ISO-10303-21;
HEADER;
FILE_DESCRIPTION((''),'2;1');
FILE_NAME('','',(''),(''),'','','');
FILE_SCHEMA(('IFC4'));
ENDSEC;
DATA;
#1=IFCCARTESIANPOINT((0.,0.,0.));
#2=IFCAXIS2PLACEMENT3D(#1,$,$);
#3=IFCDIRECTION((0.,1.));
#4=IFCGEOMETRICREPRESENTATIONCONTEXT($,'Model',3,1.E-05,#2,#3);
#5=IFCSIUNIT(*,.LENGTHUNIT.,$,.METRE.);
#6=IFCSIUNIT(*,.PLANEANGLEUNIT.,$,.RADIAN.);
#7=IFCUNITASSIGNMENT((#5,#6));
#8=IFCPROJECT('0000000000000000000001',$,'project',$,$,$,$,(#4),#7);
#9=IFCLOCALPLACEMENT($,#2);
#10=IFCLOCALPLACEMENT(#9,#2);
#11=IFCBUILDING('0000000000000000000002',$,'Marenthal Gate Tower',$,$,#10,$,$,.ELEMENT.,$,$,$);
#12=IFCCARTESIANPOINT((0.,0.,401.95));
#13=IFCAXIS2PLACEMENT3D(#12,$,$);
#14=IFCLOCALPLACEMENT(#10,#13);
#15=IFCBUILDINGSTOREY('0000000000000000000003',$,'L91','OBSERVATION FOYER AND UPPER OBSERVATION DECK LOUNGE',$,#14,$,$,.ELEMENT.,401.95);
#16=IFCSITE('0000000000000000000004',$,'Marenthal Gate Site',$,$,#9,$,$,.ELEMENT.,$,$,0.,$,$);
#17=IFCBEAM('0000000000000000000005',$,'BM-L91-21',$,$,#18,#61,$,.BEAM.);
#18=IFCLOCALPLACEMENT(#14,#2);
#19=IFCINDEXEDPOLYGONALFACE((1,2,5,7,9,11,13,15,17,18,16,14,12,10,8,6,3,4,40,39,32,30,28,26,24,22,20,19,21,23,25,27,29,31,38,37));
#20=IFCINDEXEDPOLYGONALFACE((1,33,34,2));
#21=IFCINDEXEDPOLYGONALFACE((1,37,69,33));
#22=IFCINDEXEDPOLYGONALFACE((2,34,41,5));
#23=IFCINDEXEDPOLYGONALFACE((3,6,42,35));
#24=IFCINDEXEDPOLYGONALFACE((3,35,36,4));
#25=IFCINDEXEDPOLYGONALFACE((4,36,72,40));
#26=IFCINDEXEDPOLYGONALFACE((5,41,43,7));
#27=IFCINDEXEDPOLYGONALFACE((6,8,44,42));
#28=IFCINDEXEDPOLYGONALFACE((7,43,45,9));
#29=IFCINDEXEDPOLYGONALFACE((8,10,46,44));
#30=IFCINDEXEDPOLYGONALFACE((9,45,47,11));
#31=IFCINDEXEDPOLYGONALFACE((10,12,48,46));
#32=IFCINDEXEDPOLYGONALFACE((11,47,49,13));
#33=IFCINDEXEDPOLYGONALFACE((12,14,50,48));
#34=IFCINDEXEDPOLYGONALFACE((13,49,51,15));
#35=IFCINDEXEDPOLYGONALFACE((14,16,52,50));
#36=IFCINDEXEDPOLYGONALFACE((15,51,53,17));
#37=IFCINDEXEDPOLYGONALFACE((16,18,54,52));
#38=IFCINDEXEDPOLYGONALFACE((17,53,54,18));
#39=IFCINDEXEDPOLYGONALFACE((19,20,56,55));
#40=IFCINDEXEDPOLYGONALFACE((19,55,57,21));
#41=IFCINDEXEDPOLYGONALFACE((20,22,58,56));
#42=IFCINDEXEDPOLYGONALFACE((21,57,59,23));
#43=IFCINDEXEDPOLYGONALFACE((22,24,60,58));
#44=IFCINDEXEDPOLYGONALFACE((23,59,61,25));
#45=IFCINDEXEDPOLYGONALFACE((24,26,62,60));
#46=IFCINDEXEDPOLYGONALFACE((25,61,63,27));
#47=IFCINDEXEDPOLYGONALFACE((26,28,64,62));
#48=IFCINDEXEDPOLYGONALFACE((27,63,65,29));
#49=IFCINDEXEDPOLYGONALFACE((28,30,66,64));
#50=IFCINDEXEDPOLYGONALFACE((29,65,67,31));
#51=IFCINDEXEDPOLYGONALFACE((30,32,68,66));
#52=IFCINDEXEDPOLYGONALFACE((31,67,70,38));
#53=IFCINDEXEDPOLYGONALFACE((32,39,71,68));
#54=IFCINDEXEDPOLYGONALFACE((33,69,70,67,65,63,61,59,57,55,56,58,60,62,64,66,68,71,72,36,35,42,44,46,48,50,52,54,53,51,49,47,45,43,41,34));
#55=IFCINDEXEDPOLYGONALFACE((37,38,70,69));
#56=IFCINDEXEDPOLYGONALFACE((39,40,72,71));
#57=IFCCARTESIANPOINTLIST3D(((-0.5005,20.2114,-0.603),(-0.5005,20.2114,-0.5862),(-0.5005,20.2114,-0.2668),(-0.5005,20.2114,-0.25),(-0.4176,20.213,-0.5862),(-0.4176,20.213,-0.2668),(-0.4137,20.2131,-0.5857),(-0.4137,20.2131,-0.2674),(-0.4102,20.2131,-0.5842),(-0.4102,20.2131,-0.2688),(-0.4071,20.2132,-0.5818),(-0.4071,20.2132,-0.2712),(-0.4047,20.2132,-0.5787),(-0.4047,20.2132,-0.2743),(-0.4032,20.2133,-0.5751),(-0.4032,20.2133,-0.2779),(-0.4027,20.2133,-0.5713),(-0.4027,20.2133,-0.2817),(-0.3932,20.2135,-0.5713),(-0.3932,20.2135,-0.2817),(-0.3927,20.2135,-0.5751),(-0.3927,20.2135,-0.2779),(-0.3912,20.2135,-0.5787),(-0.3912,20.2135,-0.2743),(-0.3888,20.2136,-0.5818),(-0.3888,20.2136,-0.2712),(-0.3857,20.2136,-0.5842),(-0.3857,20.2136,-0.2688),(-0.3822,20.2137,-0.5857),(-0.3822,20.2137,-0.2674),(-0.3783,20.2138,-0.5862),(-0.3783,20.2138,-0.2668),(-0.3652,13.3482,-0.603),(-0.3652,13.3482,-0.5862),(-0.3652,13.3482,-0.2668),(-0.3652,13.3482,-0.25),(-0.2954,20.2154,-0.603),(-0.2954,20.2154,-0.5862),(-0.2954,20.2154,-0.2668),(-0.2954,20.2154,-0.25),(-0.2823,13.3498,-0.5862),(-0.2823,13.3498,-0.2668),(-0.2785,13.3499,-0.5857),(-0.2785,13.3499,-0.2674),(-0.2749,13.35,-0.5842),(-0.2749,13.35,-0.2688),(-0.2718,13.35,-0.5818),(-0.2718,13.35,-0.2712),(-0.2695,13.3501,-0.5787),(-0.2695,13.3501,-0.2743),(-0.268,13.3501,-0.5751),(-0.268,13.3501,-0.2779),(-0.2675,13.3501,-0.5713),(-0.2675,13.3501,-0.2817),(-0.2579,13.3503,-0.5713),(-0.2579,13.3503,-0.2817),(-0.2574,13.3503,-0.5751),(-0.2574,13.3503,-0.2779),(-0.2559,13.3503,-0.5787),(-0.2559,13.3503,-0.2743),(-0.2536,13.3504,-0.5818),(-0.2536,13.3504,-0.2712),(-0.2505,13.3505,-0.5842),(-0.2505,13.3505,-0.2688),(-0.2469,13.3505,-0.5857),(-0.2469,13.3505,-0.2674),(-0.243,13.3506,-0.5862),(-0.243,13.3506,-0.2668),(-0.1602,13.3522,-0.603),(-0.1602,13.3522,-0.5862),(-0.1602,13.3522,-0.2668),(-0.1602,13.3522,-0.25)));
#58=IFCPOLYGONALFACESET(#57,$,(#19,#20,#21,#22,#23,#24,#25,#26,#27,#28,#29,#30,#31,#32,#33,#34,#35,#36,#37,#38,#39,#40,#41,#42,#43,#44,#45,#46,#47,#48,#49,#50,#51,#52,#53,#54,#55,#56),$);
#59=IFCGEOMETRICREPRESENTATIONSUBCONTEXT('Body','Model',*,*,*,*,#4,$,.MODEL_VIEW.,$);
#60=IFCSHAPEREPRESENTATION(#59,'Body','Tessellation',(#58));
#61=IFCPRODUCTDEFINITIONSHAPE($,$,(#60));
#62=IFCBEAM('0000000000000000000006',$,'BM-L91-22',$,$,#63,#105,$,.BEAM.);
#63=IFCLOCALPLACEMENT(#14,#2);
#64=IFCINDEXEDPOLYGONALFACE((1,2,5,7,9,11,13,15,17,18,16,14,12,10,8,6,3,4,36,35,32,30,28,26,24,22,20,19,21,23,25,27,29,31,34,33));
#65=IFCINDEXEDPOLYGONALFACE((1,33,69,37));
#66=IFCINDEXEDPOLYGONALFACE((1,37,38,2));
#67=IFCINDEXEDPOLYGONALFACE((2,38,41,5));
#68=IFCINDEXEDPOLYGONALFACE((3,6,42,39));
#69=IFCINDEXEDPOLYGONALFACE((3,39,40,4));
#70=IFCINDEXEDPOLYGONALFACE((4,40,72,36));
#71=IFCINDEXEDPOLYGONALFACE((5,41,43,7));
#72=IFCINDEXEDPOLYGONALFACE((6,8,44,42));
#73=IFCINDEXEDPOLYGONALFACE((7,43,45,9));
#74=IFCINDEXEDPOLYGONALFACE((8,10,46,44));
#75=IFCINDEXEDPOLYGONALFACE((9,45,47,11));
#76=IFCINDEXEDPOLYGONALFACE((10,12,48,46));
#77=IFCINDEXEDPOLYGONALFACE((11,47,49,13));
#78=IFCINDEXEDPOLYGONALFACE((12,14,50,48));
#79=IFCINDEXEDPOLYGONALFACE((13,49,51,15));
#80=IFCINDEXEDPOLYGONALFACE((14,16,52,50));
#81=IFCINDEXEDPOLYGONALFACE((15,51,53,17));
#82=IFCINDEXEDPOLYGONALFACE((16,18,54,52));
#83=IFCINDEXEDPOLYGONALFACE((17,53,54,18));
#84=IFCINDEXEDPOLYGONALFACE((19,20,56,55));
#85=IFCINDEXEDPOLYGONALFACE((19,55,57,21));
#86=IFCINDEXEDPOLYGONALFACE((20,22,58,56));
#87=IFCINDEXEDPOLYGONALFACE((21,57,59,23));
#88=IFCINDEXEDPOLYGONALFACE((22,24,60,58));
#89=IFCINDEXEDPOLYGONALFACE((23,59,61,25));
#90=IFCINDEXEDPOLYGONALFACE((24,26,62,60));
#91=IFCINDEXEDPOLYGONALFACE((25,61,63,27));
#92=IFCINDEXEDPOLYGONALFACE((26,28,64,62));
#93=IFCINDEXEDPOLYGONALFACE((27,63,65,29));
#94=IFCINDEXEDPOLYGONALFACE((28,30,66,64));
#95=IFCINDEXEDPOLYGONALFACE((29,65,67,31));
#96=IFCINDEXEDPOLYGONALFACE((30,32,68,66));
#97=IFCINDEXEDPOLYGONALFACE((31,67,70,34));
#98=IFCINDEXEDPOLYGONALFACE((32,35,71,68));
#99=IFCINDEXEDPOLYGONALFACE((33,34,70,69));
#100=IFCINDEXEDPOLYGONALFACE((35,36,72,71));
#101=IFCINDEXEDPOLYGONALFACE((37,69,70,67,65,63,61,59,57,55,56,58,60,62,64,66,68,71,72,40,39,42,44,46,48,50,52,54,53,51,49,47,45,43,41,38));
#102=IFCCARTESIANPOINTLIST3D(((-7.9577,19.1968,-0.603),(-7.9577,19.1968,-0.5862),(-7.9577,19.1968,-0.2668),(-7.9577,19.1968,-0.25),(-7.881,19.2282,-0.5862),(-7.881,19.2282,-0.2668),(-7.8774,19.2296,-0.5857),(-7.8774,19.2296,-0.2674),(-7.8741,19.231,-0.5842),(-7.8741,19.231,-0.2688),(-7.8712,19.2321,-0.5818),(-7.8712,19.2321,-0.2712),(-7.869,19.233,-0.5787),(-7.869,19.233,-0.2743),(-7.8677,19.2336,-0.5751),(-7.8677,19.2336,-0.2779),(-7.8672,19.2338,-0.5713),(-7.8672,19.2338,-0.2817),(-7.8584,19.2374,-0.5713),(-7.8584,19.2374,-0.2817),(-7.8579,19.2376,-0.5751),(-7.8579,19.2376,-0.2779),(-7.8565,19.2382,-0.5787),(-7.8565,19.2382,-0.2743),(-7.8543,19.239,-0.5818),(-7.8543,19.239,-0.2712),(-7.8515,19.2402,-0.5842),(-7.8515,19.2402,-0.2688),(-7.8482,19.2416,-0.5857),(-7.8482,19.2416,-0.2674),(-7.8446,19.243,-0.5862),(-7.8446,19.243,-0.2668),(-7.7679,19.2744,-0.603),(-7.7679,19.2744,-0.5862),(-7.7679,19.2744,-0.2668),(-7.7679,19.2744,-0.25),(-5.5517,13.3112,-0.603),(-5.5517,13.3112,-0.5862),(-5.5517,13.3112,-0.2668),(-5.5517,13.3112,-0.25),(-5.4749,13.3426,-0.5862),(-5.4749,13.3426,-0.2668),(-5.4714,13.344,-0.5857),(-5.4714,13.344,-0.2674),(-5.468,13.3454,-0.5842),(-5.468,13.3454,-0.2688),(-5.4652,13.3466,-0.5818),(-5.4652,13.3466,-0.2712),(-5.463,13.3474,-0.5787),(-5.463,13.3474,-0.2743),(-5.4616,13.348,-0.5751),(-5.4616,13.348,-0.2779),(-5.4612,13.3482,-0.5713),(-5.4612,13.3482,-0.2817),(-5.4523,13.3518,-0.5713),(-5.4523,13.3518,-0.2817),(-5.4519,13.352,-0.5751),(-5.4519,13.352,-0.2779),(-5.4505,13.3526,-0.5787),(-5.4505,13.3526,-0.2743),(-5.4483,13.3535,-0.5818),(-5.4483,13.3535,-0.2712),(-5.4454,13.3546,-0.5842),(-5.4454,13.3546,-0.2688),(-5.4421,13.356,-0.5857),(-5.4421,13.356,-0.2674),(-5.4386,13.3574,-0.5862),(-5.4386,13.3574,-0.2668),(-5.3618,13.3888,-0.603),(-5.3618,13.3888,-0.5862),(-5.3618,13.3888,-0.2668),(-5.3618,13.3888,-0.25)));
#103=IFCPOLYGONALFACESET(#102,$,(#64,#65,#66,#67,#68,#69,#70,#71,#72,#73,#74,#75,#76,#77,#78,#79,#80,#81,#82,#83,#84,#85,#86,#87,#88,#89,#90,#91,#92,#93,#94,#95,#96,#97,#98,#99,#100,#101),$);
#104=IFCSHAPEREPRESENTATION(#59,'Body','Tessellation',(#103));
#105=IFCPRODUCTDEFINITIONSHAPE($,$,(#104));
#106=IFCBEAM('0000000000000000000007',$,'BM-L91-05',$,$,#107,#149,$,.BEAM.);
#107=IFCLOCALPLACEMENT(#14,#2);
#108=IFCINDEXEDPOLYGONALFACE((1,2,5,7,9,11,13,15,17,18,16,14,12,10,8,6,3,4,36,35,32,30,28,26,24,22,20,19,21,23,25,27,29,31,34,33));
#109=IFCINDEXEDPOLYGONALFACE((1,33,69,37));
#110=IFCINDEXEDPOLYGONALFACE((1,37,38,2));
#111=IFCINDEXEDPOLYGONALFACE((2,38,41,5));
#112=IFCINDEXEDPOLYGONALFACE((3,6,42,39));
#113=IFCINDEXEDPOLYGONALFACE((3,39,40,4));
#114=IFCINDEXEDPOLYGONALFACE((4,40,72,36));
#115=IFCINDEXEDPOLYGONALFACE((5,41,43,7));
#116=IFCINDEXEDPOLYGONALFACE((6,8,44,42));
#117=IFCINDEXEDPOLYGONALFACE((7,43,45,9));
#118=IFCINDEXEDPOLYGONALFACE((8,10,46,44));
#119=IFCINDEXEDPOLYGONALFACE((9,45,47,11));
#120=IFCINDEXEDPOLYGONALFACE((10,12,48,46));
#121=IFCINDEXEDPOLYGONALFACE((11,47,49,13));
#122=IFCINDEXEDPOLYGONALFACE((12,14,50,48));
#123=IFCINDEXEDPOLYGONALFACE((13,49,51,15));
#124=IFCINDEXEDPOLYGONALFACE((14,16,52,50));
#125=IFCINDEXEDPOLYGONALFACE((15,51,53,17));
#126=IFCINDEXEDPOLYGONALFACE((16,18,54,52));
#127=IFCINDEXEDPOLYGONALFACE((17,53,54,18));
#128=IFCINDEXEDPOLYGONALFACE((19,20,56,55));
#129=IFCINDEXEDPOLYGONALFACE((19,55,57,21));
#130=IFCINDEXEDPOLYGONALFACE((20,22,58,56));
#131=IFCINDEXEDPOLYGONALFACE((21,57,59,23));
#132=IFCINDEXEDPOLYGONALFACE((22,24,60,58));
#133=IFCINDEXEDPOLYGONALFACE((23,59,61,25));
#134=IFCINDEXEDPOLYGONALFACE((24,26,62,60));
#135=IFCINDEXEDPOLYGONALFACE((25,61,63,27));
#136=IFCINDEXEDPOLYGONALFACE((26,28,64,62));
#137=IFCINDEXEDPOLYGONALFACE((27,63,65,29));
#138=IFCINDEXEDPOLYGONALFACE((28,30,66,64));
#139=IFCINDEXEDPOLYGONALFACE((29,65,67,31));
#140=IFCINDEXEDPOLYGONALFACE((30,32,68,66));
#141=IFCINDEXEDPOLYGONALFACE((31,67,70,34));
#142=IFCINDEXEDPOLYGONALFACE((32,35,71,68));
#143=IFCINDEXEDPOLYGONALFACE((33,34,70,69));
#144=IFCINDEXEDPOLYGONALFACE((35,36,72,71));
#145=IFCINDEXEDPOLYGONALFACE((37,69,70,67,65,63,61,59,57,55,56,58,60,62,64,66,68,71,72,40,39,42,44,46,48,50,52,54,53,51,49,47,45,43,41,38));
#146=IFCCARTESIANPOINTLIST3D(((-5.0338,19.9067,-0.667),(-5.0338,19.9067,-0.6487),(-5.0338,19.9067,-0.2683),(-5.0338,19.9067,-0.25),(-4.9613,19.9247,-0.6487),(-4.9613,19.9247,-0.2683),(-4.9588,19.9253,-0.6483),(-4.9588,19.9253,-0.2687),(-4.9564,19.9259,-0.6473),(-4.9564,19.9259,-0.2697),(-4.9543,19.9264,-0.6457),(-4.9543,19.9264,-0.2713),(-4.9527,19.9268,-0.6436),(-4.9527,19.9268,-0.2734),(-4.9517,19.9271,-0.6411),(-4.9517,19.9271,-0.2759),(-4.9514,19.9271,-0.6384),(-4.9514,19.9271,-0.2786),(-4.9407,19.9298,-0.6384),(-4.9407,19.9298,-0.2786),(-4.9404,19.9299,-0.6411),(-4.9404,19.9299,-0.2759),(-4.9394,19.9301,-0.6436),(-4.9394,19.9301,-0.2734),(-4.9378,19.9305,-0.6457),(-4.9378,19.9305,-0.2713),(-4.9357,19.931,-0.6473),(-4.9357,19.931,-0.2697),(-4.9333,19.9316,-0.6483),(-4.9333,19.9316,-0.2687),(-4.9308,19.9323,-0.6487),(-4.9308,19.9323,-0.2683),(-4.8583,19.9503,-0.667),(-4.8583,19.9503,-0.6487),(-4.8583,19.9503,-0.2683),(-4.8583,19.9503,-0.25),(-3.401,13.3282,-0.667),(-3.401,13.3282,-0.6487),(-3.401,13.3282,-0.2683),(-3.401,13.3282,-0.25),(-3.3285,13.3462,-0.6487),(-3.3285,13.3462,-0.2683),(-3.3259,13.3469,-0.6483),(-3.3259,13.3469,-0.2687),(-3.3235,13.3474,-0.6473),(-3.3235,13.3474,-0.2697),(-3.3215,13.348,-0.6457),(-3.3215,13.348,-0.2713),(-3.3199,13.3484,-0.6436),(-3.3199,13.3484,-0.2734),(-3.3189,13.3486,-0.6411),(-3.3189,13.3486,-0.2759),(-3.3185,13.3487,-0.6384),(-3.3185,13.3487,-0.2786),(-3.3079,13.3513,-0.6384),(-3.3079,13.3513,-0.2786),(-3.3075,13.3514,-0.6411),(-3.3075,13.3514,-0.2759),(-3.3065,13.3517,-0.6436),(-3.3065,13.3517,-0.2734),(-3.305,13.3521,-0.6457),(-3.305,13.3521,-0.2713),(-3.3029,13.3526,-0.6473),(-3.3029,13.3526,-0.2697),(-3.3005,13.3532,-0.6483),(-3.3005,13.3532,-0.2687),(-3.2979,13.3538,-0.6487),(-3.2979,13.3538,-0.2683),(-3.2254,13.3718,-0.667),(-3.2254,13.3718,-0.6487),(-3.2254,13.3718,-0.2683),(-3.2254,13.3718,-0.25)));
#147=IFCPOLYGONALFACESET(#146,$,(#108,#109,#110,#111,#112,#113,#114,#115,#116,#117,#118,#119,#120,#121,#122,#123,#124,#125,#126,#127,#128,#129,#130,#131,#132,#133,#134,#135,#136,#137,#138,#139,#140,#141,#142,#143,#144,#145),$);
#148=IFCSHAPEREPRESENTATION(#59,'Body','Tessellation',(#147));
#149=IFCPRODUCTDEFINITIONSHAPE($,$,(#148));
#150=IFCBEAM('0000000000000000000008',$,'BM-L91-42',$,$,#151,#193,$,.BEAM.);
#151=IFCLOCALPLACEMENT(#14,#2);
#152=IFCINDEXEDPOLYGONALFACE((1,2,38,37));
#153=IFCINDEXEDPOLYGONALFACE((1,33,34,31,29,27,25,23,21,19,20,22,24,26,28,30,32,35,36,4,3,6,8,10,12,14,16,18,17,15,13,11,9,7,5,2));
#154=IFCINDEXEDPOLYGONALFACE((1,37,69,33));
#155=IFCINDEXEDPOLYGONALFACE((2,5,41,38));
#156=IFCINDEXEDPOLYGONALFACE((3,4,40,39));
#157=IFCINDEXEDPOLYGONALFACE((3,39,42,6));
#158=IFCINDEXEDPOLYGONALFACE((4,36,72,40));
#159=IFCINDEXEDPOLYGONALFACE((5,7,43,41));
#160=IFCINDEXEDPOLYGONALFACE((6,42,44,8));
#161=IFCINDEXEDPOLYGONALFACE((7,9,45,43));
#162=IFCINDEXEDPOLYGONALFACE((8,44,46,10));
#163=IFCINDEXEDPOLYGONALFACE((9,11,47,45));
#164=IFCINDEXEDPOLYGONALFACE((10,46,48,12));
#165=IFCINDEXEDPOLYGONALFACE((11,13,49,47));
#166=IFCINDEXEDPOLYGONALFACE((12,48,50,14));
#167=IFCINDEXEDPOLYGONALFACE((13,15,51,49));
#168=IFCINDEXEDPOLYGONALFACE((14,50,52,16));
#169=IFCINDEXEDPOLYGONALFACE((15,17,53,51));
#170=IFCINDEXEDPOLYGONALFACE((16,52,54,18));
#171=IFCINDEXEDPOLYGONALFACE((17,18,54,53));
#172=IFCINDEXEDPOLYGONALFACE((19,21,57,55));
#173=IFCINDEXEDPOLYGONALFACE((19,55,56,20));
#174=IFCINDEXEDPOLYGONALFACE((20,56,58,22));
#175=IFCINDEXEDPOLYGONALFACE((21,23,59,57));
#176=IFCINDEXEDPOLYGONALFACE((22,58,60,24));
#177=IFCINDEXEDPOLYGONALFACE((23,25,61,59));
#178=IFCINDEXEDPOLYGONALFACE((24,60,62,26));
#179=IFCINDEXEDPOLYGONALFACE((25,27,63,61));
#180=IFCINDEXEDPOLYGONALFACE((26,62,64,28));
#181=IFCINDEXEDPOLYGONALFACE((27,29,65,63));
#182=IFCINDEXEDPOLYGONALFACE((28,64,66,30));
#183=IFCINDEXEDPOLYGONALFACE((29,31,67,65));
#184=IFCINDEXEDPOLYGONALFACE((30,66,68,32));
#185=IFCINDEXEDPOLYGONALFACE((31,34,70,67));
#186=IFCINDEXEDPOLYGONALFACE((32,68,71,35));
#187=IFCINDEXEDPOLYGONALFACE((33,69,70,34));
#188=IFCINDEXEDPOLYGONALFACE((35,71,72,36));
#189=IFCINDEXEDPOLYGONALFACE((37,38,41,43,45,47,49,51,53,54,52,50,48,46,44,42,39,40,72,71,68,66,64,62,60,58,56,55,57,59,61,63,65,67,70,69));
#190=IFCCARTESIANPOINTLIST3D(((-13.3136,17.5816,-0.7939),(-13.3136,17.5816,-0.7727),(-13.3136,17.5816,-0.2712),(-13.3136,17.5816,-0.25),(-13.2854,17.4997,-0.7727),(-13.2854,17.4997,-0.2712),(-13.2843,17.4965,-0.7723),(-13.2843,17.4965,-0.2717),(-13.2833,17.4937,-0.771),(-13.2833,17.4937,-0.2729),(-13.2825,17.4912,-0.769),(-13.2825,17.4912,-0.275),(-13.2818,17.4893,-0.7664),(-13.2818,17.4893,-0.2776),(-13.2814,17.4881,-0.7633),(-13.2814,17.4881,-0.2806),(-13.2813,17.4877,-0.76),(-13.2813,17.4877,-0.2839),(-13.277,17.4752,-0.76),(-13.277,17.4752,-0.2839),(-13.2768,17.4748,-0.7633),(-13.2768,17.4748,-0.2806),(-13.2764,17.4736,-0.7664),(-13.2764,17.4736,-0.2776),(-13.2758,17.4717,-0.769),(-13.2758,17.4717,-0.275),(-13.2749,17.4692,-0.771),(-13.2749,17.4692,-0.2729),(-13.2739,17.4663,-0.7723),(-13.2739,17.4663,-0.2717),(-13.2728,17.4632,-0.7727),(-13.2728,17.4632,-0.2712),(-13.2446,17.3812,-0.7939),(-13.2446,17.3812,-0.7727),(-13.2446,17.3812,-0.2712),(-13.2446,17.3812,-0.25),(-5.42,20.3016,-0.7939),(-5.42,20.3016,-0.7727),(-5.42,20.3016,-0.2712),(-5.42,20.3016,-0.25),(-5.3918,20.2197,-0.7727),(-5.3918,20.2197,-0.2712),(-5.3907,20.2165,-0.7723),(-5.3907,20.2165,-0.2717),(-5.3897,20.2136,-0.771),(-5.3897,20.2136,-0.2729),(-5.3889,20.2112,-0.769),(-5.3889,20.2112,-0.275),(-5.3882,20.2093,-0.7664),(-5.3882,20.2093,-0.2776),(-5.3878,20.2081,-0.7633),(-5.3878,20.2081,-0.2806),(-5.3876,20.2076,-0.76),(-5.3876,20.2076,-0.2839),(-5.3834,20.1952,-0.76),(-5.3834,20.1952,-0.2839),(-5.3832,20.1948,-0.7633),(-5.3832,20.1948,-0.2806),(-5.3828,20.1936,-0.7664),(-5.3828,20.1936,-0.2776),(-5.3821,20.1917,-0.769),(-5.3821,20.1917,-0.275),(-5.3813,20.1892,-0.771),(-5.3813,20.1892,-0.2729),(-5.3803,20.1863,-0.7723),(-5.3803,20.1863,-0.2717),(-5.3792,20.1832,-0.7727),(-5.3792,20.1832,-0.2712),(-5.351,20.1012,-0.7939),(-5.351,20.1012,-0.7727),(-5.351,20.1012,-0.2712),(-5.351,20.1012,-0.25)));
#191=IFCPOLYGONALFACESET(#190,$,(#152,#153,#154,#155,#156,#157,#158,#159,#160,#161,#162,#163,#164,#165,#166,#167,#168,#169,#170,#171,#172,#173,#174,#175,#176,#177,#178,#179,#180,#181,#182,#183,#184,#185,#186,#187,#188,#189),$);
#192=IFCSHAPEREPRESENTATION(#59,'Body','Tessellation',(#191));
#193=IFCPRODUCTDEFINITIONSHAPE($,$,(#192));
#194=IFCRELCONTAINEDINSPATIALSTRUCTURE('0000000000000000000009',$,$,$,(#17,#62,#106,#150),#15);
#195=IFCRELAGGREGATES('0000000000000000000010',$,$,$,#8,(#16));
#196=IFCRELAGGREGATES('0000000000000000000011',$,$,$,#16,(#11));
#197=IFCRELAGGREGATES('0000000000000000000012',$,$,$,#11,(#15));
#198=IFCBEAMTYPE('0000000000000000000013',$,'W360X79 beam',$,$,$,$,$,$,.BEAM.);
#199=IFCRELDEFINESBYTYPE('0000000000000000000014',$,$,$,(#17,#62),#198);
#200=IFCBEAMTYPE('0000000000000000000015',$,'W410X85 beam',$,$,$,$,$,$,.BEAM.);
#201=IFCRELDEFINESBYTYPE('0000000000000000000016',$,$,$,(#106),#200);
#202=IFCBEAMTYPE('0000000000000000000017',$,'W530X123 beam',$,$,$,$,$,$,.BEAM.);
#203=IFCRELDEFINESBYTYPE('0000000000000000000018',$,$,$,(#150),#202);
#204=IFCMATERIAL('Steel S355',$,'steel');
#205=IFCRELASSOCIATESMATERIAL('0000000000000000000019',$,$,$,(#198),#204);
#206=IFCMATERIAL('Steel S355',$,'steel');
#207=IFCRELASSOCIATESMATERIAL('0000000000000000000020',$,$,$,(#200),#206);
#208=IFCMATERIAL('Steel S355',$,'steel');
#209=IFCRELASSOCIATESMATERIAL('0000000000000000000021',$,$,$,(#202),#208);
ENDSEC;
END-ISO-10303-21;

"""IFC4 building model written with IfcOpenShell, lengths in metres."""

from ifc_helpers import new_model, si_unit, direction, frame, origin, origin_2d, place, context, subcontext, project, spatial, i_section, extrude, material, material_profile, profile_set, type_object, element, save


model = new_model("IFC4")

# Units and contexts
model_context = context("Model", 3, precision=1e-05, world=origin(), true_north=direction((0.0, 1.0)))
body_context = subcontext(model_context, "Body", "Model", "MODEL_VIEW")
ifc_project = project(units=[si_unit("LENGTHUNIT", "METRE"), si_unit("PLANEANGLEUNIT", "RADIAN")], contexts=[model_context])

# Site, building, storey
site_placement = place(None, origin())
site = spatial("IfcSite", under=ifc_project, at=site_placement, Name="Marenthal Gate Site", CompositionType="ELEMENT", RefElevation=0.0)
building_placement = place(site_placement, origin())
building = spatial("IfcBuilding", under=site, at=building_placement, Name="Marenthal Gate Tower", CompositionType="ELEMENT")
storey_placement = place(building_placement, frame((0.0, 0.0, 401.95)))
storey = spatial("IfcBuildingStorey", under=building, at=storey_placement, Name="L91", Description="OBSERVATION FOYER AND UPPER OBSERVATION DECK LOUNGE", CompositionType="ELEMENT", Elevation=401.95)

# Beams
ifc_material_1 = material(Name="Steel S355", Category="steel")
ifc_material_profile_1 = material_profile(ifc_material_1, i_section(OverallWidth=0.2051, OverallDepth=0.353, WebThickness=0.0095, FlangeThickness=0.0168, FilletRadius=0.0149, at=origin_2d()), Name="W360X79")
ifc_profile_set_1 = profile_set([ifc_material_profile_1], Name="Steel S355")
beam_type_1 = type_object("IfcBeamType", Name="W360X79 beam", PredefinedType="BEAM", material=ifc_profile_set_1)
beam_1_placement = place(storey_placement, frame((-0.3979, 20.2134, -0.4265), z_axis=(0.019703, -0.999806, 0.0), x_axis=(0.999806, 0.019703, 0.0)))
element("IfcBeam", 1, at=beam_1_placement, inside=storey, type_object=beam_type_1, Name="BM-L91-21", PredefinedType="BEAM", context=body_context, shape_type="SweptSolid", body=[
    extrude(i_section(OverallWidth=0.2051, OverallDepth=0.353, WebThickness=0.0095, FlangeThickness=0.0168, FilletRadius=0.0149, at=origin_2d()), origin(), (0.0, 0.0, 1.0), 6.8645),
])
beam_2_placement = place(storey_placement, frame((-7.8628, 19.2356, -0.4265), z_axis=(0.378404, -0.925641, 0.0), x_axis=(0.925641, 0.378404, 0.0)))
element("IfcBeam", 2, at=beam_2_placement, inside=storey, type_object=beam_type_1, Name="BM-L91-22", PredefinedType="BEAM", context=body_context, shape_type="SweptSolid", body=[
    extrude(i_section(OverallWidth=0.2051, OverallDepth=0.353, WebThickness=0.0095, FlangeThickness=0.0168, FilletRadius=0.0149, at=origin_2d()), origin(), (0.0, 0.0, 1.0), 6.3584),
])
ifc_material_2 = material(Name="Steel S355", Category="steel")
ifc_material_profile_2 = material_profile(ifc_material_2, i_section(OverallWidth=0.1809, OverallDepth=0.417, WebThickness=0.011, FlangeThickness=0.0183, FilletRadius=0.0103, at=origin_2d()), Name="W410X85")
ifc_profile_set_2 = profile_set([ifc_material_profile_2], Name="Steel S355")
beam_type_2 = type_object("IfcBeamType", Name="W410X85 beam", PredefinedType="BEAM", material=ifc_profile_set_2)
beam_3_placement = place(storey_placement, frame((-4.946, 19.9285, -0.4585), z_axis=(0.2409, -0.97055, 0.0), x_axis=(0.97055, 0.2409, 0.0)))
element("IfcBeam", 3, at=beam_3_placement, inside=storey, type_object=beam_type_2, Name="BM-L91-05", PredefinedType="BEAM", context=body_context, shape_type="SweptSolid", body=[
    extrude(i_section(OverallWidth=0.1809, OverallDepth=0.417, WebThickness=0.011, FlangeThickness=0.0183, FilletRadius=0.0103, at=origin_2d()), origin(), (0.0, 0.0, 1.0), 6.7781),
])
ifc_material_3 = material(Name="Steel S355", Category="steel")
ifc_material_profile_3 = material_profile(ifc_material_3, i_section(OverallWidth=0.2119, OverallDepth=0.5439, WebThickness=0.0132, FlangeThickness=0.0212, FilletRadius=0.0127, at=origin_2d()), Name="W530X123")
ifc_profile_set_3 = profile_set([ifc_material_profile_3], Name="Steel S355")
beam_type_3 = type_object("IfcBeamType", Name="W530X123 beam", PredefinedType="BEAM", material=ifc_profile_set_3)
beam_4_placement = place(storey_placement, frame((-5.3855, 20.2014, -0.522), z_axis=(-0.945445, -0.325783, 0.0), x_axis=(0.325783, -0.945445, 0.0)))
element("IfcBeam", 4, at=beam_4_placement, inside=storey, type_object=beam_type_3, Name="BM-L91-42", PredefinedType="BEAM", context=body_context, shape_type="SweptSolid", body=[
    extrude(i_section(OverallWidth=0.2119, OverallDepth=0.5439, WebThickness=0.0132, FlangeThickness=0.0212, FilletRadius=0.0127, at=origin_2d()), origin(), (0.0, 0.0, 1.0), 8.3491),
])

save(model, "model.ifc")
